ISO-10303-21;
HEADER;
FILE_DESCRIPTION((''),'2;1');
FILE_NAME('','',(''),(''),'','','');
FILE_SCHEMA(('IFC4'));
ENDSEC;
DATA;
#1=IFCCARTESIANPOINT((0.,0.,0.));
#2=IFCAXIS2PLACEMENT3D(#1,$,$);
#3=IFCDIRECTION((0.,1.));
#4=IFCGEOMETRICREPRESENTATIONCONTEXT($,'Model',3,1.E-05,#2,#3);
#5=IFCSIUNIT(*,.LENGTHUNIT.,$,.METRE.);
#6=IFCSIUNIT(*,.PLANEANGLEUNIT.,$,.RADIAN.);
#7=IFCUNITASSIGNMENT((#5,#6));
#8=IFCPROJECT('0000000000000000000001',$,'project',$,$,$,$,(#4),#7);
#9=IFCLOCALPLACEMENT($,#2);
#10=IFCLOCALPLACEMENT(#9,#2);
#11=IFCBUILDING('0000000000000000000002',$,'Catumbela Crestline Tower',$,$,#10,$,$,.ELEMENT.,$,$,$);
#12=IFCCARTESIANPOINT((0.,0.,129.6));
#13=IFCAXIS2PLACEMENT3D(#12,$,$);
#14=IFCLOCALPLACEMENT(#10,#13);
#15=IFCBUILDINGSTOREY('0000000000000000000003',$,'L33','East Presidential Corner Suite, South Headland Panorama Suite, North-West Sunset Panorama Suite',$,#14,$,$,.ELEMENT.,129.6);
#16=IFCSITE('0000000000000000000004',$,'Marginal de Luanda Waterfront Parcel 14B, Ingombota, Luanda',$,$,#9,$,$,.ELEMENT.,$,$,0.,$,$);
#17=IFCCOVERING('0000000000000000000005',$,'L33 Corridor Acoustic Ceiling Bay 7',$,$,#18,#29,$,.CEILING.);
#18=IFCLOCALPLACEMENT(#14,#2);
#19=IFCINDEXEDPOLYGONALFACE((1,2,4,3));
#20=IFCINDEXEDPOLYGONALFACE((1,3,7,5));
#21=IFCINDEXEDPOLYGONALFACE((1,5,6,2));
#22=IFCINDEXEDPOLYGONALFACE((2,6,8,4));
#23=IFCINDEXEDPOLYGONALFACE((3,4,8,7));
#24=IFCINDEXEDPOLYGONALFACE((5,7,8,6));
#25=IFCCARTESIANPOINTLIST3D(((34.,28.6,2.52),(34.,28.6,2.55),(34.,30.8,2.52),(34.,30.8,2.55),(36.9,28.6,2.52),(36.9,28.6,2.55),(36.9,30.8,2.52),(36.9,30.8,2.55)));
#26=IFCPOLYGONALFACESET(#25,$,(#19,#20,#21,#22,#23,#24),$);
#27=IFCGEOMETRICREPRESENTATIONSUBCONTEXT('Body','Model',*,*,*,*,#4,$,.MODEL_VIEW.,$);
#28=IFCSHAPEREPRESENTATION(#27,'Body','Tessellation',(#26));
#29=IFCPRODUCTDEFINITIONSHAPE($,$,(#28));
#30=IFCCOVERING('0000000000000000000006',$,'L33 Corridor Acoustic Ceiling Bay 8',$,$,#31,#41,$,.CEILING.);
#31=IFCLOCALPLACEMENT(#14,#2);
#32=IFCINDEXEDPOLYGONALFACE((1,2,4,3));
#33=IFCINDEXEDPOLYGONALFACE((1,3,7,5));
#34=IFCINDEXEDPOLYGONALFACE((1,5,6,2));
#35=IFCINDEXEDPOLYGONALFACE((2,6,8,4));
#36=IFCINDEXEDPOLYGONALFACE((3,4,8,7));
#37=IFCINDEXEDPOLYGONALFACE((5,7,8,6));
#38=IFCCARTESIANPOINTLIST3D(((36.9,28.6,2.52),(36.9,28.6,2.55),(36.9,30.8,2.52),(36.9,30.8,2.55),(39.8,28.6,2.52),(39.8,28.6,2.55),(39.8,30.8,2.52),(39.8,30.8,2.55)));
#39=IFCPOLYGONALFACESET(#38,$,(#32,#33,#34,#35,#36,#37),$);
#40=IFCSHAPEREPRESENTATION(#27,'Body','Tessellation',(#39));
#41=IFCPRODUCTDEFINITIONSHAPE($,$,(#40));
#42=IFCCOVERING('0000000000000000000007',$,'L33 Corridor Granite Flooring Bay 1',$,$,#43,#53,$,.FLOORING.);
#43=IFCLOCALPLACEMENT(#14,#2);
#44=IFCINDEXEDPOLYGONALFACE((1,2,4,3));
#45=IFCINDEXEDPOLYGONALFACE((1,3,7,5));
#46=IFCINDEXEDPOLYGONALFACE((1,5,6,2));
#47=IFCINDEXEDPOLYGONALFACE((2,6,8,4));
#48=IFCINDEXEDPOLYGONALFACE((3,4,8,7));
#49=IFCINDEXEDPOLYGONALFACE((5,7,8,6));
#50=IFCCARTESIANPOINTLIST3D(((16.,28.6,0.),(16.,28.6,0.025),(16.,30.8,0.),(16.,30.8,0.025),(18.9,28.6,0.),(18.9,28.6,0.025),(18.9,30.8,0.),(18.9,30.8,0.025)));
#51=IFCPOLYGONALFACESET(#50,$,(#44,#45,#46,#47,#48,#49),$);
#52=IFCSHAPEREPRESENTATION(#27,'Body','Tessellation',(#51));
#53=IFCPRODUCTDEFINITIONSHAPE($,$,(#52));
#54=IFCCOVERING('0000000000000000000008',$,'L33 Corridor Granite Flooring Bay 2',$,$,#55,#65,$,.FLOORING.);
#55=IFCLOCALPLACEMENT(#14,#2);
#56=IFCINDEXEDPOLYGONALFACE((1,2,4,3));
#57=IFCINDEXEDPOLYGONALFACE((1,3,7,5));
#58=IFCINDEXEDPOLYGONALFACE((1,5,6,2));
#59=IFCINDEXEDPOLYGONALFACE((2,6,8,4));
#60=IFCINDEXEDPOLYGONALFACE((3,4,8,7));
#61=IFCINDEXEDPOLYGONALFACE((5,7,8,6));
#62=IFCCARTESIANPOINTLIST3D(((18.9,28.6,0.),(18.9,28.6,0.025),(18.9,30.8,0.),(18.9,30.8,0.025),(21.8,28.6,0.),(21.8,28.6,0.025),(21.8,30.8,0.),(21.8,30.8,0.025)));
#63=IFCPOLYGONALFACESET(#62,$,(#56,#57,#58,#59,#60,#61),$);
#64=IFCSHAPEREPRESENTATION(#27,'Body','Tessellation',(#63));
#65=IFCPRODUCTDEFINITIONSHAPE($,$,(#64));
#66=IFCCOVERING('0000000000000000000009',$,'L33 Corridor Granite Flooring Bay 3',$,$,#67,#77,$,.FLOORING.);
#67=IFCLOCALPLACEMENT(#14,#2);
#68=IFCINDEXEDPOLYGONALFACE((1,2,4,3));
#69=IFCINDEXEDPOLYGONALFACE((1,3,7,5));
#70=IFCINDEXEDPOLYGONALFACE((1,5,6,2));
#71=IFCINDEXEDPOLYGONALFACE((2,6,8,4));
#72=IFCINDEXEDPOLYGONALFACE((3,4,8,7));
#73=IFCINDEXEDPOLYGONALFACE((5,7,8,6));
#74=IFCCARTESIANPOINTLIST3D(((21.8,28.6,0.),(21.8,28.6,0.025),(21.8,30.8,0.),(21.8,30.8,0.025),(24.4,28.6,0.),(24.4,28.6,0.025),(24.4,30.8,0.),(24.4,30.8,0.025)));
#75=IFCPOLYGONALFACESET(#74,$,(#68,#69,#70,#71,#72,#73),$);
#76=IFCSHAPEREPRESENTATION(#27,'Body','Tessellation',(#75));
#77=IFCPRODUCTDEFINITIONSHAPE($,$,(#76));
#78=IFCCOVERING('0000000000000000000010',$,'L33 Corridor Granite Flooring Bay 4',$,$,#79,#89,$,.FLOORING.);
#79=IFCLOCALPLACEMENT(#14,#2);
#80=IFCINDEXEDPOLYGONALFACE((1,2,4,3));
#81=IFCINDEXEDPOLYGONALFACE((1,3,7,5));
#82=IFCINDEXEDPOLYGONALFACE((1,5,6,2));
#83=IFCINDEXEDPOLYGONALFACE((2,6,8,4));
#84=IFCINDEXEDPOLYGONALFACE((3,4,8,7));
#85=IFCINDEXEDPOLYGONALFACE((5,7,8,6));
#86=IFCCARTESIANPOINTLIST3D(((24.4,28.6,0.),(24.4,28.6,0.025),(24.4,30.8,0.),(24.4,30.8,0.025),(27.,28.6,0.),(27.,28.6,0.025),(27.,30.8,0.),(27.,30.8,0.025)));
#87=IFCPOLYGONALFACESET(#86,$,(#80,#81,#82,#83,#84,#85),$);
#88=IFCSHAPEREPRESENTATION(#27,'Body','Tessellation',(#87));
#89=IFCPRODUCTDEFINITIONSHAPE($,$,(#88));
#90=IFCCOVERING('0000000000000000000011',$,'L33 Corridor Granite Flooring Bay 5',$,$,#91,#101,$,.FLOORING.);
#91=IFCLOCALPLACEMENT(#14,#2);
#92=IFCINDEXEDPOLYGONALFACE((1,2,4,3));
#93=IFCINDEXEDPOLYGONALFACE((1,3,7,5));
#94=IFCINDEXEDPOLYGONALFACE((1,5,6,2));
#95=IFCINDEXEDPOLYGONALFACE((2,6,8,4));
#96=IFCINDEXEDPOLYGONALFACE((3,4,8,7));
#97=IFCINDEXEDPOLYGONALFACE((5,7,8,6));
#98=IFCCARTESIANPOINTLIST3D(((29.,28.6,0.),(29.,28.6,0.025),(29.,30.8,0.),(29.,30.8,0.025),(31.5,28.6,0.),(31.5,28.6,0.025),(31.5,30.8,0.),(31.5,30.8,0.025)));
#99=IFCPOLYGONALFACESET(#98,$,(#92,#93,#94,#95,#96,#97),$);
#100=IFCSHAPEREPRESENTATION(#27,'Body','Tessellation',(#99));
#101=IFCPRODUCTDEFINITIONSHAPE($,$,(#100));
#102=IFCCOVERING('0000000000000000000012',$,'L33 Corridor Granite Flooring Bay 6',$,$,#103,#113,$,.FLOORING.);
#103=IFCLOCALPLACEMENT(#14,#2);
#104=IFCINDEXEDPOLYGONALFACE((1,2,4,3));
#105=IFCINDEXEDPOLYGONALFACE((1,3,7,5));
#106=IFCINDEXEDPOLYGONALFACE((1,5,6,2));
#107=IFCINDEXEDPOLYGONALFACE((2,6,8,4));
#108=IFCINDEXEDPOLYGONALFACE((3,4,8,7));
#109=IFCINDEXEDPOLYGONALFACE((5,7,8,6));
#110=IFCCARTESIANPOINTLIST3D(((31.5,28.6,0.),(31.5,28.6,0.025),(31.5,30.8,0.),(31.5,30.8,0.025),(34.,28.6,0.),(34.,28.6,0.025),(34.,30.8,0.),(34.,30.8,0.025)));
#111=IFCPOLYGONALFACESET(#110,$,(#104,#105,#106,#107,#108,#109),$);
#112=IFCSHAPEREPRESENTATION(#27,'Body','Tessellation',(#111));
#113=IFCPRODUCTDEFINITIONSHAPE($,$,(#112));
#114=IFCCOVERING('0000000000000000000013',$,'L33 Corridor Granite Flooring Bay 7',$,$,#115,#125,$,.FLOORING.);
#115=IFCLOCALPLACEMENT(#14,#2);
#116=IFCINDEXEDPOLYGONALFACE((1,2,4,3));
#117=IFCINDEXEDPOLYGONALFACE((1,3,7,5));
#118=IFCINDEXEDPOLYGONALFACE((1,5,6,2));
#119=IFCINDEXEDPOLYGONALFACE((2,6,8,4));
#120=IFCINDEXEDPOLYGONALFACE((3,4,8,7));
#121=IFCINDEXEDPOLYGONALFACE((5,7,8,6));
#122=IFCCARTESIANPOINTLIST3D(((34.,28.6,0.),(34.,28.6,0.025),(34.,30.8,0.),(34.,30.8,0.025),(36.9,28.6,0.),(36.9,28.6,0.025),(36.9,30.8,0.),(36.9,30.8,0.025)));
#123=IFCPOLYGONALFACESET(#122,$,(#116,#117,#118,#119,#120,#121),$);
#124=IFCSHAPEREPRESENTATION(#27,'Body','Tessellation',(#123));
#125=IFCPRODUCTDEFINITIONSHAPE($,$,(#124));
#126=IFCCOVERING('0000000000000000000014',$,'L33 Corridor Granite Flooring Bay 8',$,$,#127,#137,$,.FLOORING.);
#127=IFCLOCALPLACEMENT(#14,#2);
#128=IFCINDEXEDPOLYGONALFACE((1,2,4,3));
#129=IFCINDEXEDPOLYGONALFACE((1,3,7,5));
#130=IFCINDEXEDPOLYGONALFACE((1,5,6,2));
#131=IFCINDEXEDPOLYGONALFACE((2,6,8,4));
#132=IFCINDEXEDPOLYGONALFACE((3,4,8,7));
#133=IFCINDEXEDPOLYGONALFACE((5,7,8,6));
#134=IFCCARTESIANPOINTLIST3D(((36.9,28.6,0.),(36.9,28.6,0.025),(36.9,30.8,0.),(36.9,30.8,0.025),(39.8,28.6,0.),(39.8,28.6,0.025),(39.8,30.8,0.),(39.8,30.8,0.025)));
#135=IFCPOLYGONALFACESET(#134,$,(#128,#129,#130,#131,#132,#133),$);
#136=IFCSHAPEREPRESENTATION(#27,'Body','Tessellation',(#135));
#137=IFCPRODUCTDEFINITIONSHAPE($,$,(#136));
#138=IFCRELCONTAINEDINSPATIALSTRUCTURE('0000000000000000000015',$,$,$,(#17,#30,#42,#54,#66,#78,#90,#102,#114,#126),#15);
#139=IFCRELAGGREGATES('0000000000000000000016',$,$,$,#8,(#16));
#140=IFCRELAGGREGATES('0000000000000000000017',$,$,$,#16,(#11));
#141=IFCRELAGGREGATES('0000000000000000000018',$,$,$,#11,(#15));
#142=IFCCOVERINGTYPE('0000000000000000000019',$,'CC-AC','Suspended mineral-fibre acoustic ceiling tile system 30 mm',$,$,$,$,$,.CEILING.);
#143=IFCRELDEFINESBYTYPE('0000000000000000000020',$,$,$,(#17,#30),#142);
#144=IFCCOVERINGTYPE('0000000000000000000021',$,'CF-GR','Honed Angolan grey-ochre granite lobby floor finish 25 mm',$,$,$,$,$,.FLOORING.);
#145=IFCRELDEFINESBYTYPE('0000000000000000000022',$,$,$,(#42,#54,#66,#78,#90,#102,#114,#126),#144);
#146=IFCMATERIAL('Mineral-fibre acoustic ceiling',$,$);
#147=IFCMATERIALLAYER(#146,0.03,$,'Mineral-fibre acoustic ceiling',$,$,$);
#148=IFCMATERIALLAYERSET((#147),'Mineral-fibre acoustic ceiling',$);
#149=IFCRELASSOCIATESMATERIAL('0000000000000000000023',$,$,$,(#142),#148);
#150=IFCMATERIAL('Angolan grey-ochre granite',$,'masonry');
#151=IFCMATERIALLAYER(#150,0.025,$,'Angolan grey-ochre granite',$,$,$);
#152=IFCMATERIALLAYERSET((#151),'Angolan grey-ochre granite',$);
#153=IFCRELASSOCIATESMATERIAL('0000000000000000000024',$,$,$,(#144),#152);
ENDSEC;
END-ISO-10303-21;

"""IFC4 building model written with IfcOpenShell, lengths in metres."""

from ifc_helpers import new_model, si_unit, direction, frame, origin, place, context, subcontext, project, spatial, polyline, outline, extrude, material, layer, layer_set, type_object, element, save


model = new_model("IFC4")

# Units and contexts
model_context = context("Model", 3, precision=1e-05, world=origin(), true_north=direction((0.0, 1.0)))
body_context = subcontext(model_context, "Body", "Model", "MODEL_VIEW")
ifc_project = project(units=[si_unit("LENGTHUNIT", "METRE"), si_unit("PLANEANGLEUNIT", "RADIAN")], contexts=[model_context])

# Site, building, storey
site_placement = place(None, origin())
site = spatial("IfcSite", under=ifc_project, at=site_placement, Name="Marginal de Luanda Waterfront Parcel 14B, Ingombota, Luanda", CompositionType="ELEMENT", RefElevation=0.0)
building_placement = place(site_placement, origin())
building = spatial("IfcBuilding", under=site, at=building_placement, Name="Catumbela Crestline Tower", CompositionType="ELEMENT")
storey_placement = place(building_placement, frame((0.0, 0.0, 129.6)))
storey = spatial("IfcBuildingStorey", under=building, at=storey_placement, Name="L33", Description="East Presidential Corner Suite, South Headland Panorama Suite, North-West Sunset Panorama Suite", CompositionType="ELEMENT", Elevation=129.6)

# Shared definitions
ifc_material_1 = material(Name="Angolan grey-ochre granite", Category="masonry")

# Coverings
ifc_material_2 = material(Name="Mineral-fibre acoustic ceiling")
ifc_layer_1 = layer(ifc_material_2, 0.03, Name="Mineral-fibre acoustic ceiling")
ifc_layer_set_1 = layer_set([ifc_layer_1], Name="Mineral-fibre acoustic ceiling")
covering_type_1 = type_object("IfcCoveringType", Name="CC-AC", Description="Suspended mineral-fibre acoustic ceiling tile system 30 mm", PredefinedType="CEILING", material=ifc_layer_set_1)
covering_1_placement = place(storey_placement, frame((0.0, 0.0, 2.52)))
element("IfcCovering", 1, at=covering_1_placement, inside=storey, type_object=covering_type_1, Name="L33 Corridor Acoustic Ceiling Bay 7", PredefinedType="CEILING", context=body_context, shape_type="SweptSolid", body=[
    extrude(outline(polyline([(34.0, 28.6), (36.9, 28.6), (36.9, 30.8), (34.0, 30.8), (34.0, 28.6)])), origin(), (0.0, 0.0, 1.0), 0.03),
])
covering_2_placement = place(storey_placement, frame((0.0, 0.0, 2.52)))
element("IfcCovering", 2, at=covering_2_placement, inside=storey, type_object=covering_type_1, Name="L33 Corridor Acoustic Ceiling Bay 8", PredefinedType="CEILING", context=body_context, shape_type="SweptSolid", body=[
    extrude(outline(polyline([(36.9, 28.6), (39.8, 28.6), (39.8, 30.8), (36.9, 30.8), (36.9, 28.6)])), origin(), (0.0, 0.0, 1.0), 0.03),
])
ifc_layer_2 = layer(ifc_material_1, 0.025, Name="Angolan grey-ochre granite")
ifc_layer_set_2 = layer_set([ifc_layer_2], Name="Angolan grey-ochre granite")
covering_type_2 = type_object("IfcCoveringType", Name="CF-GR", Description="Honed Angolan grey-ochre granite lobby floor finish 25 mm", PredefinedType="FLOORING", material=ifc_layer_set_2)
covering_3_placement = place(storey_placement, origin())
element("IfcCovering", 3, at=covering_3_placement, inside=storey, type_object=covering_type_2, Name="L33 Corridor Granite Flooring Bay 1", PredefinedType="FLOORING", context=body_context, shape_type="SweptSolid", body=[
    extrude(outline(polyline([(16.0, 28.6), (18.9, 28.6), (18.9, 30.8), (16.0, 30.8), (16.0, 28.6)])), origin(), (0.0, 0.0, 1.0), 0.025),
])
covering_4_placement = place(storey_placement, origin())
element("IfcCovering", 4, at=covering_4_placement, inside=storey, type_object=covering_type_2, Name="L33 Corridor Granite Flooring Bay 2", PredefinedType="FLOORING", context=body_context, shape_type="SweptSolid", body=[
    extrude(outline(polyline([(18.9, 28.6), (21.8, 28.6), (21.8, 30.8), (18.9, 30.8), (18.9, 28.6)])), origin(), (0.0, 0.0, 1.0), 0.025),
])
covering_5_placement = place(storey_placement, origin())
element("IfcCovering", 5, at=covering_5_placement, inside=storey, type_object=covering_type_2, Name="L33 Corridor Granite Flooring Bay 3", PredefinedType="FLOORING", context=body_context, shape_type="SweptSolid", body=[
    extrude(outline(polyline([(21.8, 28.6), (24.4, 28.6), (24.4, 30.8), (21.8, 30.8), (21.8, 28.6)])), origin(), (0.0, 0.0, 1.0), 0.025),
])
covering_6_placement = place(storey_placement, origin())
element("IfcCovering", 6, at=covering_6_placement, inside=storey, type_object=covering_type_2, Name="L33 Corridor Granite Flooring Bay 4", PredefinedType="FLOORING", context=body_context, shape_type="SweptSolid", body=[
    extrude(outline(polyline([(24.4, 28.6), (27.0, 28.6), (27.0, 30.8), (24.4, 30.8), (24.4, 28.6)])), origin(), (0.0, 0.0, 1.0), 0.025),
])
covering_7_placement = place(storey_placement, origin())
element("IfcCovering", 7, at=covering_7_placement, inside=storey, type_object=covering_type_2, Name="L33 Corridor Granite Flooring Bay 5", PredefinedType="FLOORING", context=body_context, shape_type="SweptSolid", body=[
    extrude(outline(polyline([(29.0, 28.6), (31.5, 28.6), (31.5, 30.8), (29.0, 30.8), (29.0, 28.6)])), origin(), (0.0, 0.0, 1.0), 0.025),
])
covering_8_placement = place(storey_placement, origin())
element("IfcCovering", 8, at=covering_8_placement, inside=storey, type_object=covering_type_2, Name="L33 Corridor Granite Flooring Bay 6", PredefinedType="FLOORING", context=body_context, shape_type="SweptSolid", body=[
    extrude(outline(polyline([(31.5, 28.6), (34.0, 28.6), (34.0, 30.8), (31.5, 30.8), (31.5, 28.6)])), origin(), (0.0, 0.0, 1.0), 0.025),
])
covering_9_placement = place(storey_placement, origin())
element("IfcCovering", 9, at=covering_9_placement, inside=storey, type_object=covering_type_2, Name="L33 Corridor Granite Flooring Bay 7", PredefinedType="FLOORING", context=body_context, shape_type="SweptSolid", body=[
    extrude(outline(polyline([(34.0, 28.6), (36.9, 28.6), (36.9, 30.8), (34.0, 30.8), (34.0, 28.6)])), origin(), (0.0, 0.0, 1.0), 0.025),
])
covering_10_placement = place(storey_placement, origin())
element("IfcCovering", 10, at=covering_10_placement, inside=storey, type_object=covering_type_2, Name="L33 Corridor Granite Flooring Bay 8", PredefinedType="FLOORING", context=body_context, shape_type="SweptSolid", body=[
    extrude(outline(polyline([(36.9, 28.6), (39.8, 28.6), (39.8, 30.8), (36.9, 30.8), (36.9, 28.6)])), origin(), (0.0, 0.0, 1.0), 0.025),
])

save(model, "model.ifc")
